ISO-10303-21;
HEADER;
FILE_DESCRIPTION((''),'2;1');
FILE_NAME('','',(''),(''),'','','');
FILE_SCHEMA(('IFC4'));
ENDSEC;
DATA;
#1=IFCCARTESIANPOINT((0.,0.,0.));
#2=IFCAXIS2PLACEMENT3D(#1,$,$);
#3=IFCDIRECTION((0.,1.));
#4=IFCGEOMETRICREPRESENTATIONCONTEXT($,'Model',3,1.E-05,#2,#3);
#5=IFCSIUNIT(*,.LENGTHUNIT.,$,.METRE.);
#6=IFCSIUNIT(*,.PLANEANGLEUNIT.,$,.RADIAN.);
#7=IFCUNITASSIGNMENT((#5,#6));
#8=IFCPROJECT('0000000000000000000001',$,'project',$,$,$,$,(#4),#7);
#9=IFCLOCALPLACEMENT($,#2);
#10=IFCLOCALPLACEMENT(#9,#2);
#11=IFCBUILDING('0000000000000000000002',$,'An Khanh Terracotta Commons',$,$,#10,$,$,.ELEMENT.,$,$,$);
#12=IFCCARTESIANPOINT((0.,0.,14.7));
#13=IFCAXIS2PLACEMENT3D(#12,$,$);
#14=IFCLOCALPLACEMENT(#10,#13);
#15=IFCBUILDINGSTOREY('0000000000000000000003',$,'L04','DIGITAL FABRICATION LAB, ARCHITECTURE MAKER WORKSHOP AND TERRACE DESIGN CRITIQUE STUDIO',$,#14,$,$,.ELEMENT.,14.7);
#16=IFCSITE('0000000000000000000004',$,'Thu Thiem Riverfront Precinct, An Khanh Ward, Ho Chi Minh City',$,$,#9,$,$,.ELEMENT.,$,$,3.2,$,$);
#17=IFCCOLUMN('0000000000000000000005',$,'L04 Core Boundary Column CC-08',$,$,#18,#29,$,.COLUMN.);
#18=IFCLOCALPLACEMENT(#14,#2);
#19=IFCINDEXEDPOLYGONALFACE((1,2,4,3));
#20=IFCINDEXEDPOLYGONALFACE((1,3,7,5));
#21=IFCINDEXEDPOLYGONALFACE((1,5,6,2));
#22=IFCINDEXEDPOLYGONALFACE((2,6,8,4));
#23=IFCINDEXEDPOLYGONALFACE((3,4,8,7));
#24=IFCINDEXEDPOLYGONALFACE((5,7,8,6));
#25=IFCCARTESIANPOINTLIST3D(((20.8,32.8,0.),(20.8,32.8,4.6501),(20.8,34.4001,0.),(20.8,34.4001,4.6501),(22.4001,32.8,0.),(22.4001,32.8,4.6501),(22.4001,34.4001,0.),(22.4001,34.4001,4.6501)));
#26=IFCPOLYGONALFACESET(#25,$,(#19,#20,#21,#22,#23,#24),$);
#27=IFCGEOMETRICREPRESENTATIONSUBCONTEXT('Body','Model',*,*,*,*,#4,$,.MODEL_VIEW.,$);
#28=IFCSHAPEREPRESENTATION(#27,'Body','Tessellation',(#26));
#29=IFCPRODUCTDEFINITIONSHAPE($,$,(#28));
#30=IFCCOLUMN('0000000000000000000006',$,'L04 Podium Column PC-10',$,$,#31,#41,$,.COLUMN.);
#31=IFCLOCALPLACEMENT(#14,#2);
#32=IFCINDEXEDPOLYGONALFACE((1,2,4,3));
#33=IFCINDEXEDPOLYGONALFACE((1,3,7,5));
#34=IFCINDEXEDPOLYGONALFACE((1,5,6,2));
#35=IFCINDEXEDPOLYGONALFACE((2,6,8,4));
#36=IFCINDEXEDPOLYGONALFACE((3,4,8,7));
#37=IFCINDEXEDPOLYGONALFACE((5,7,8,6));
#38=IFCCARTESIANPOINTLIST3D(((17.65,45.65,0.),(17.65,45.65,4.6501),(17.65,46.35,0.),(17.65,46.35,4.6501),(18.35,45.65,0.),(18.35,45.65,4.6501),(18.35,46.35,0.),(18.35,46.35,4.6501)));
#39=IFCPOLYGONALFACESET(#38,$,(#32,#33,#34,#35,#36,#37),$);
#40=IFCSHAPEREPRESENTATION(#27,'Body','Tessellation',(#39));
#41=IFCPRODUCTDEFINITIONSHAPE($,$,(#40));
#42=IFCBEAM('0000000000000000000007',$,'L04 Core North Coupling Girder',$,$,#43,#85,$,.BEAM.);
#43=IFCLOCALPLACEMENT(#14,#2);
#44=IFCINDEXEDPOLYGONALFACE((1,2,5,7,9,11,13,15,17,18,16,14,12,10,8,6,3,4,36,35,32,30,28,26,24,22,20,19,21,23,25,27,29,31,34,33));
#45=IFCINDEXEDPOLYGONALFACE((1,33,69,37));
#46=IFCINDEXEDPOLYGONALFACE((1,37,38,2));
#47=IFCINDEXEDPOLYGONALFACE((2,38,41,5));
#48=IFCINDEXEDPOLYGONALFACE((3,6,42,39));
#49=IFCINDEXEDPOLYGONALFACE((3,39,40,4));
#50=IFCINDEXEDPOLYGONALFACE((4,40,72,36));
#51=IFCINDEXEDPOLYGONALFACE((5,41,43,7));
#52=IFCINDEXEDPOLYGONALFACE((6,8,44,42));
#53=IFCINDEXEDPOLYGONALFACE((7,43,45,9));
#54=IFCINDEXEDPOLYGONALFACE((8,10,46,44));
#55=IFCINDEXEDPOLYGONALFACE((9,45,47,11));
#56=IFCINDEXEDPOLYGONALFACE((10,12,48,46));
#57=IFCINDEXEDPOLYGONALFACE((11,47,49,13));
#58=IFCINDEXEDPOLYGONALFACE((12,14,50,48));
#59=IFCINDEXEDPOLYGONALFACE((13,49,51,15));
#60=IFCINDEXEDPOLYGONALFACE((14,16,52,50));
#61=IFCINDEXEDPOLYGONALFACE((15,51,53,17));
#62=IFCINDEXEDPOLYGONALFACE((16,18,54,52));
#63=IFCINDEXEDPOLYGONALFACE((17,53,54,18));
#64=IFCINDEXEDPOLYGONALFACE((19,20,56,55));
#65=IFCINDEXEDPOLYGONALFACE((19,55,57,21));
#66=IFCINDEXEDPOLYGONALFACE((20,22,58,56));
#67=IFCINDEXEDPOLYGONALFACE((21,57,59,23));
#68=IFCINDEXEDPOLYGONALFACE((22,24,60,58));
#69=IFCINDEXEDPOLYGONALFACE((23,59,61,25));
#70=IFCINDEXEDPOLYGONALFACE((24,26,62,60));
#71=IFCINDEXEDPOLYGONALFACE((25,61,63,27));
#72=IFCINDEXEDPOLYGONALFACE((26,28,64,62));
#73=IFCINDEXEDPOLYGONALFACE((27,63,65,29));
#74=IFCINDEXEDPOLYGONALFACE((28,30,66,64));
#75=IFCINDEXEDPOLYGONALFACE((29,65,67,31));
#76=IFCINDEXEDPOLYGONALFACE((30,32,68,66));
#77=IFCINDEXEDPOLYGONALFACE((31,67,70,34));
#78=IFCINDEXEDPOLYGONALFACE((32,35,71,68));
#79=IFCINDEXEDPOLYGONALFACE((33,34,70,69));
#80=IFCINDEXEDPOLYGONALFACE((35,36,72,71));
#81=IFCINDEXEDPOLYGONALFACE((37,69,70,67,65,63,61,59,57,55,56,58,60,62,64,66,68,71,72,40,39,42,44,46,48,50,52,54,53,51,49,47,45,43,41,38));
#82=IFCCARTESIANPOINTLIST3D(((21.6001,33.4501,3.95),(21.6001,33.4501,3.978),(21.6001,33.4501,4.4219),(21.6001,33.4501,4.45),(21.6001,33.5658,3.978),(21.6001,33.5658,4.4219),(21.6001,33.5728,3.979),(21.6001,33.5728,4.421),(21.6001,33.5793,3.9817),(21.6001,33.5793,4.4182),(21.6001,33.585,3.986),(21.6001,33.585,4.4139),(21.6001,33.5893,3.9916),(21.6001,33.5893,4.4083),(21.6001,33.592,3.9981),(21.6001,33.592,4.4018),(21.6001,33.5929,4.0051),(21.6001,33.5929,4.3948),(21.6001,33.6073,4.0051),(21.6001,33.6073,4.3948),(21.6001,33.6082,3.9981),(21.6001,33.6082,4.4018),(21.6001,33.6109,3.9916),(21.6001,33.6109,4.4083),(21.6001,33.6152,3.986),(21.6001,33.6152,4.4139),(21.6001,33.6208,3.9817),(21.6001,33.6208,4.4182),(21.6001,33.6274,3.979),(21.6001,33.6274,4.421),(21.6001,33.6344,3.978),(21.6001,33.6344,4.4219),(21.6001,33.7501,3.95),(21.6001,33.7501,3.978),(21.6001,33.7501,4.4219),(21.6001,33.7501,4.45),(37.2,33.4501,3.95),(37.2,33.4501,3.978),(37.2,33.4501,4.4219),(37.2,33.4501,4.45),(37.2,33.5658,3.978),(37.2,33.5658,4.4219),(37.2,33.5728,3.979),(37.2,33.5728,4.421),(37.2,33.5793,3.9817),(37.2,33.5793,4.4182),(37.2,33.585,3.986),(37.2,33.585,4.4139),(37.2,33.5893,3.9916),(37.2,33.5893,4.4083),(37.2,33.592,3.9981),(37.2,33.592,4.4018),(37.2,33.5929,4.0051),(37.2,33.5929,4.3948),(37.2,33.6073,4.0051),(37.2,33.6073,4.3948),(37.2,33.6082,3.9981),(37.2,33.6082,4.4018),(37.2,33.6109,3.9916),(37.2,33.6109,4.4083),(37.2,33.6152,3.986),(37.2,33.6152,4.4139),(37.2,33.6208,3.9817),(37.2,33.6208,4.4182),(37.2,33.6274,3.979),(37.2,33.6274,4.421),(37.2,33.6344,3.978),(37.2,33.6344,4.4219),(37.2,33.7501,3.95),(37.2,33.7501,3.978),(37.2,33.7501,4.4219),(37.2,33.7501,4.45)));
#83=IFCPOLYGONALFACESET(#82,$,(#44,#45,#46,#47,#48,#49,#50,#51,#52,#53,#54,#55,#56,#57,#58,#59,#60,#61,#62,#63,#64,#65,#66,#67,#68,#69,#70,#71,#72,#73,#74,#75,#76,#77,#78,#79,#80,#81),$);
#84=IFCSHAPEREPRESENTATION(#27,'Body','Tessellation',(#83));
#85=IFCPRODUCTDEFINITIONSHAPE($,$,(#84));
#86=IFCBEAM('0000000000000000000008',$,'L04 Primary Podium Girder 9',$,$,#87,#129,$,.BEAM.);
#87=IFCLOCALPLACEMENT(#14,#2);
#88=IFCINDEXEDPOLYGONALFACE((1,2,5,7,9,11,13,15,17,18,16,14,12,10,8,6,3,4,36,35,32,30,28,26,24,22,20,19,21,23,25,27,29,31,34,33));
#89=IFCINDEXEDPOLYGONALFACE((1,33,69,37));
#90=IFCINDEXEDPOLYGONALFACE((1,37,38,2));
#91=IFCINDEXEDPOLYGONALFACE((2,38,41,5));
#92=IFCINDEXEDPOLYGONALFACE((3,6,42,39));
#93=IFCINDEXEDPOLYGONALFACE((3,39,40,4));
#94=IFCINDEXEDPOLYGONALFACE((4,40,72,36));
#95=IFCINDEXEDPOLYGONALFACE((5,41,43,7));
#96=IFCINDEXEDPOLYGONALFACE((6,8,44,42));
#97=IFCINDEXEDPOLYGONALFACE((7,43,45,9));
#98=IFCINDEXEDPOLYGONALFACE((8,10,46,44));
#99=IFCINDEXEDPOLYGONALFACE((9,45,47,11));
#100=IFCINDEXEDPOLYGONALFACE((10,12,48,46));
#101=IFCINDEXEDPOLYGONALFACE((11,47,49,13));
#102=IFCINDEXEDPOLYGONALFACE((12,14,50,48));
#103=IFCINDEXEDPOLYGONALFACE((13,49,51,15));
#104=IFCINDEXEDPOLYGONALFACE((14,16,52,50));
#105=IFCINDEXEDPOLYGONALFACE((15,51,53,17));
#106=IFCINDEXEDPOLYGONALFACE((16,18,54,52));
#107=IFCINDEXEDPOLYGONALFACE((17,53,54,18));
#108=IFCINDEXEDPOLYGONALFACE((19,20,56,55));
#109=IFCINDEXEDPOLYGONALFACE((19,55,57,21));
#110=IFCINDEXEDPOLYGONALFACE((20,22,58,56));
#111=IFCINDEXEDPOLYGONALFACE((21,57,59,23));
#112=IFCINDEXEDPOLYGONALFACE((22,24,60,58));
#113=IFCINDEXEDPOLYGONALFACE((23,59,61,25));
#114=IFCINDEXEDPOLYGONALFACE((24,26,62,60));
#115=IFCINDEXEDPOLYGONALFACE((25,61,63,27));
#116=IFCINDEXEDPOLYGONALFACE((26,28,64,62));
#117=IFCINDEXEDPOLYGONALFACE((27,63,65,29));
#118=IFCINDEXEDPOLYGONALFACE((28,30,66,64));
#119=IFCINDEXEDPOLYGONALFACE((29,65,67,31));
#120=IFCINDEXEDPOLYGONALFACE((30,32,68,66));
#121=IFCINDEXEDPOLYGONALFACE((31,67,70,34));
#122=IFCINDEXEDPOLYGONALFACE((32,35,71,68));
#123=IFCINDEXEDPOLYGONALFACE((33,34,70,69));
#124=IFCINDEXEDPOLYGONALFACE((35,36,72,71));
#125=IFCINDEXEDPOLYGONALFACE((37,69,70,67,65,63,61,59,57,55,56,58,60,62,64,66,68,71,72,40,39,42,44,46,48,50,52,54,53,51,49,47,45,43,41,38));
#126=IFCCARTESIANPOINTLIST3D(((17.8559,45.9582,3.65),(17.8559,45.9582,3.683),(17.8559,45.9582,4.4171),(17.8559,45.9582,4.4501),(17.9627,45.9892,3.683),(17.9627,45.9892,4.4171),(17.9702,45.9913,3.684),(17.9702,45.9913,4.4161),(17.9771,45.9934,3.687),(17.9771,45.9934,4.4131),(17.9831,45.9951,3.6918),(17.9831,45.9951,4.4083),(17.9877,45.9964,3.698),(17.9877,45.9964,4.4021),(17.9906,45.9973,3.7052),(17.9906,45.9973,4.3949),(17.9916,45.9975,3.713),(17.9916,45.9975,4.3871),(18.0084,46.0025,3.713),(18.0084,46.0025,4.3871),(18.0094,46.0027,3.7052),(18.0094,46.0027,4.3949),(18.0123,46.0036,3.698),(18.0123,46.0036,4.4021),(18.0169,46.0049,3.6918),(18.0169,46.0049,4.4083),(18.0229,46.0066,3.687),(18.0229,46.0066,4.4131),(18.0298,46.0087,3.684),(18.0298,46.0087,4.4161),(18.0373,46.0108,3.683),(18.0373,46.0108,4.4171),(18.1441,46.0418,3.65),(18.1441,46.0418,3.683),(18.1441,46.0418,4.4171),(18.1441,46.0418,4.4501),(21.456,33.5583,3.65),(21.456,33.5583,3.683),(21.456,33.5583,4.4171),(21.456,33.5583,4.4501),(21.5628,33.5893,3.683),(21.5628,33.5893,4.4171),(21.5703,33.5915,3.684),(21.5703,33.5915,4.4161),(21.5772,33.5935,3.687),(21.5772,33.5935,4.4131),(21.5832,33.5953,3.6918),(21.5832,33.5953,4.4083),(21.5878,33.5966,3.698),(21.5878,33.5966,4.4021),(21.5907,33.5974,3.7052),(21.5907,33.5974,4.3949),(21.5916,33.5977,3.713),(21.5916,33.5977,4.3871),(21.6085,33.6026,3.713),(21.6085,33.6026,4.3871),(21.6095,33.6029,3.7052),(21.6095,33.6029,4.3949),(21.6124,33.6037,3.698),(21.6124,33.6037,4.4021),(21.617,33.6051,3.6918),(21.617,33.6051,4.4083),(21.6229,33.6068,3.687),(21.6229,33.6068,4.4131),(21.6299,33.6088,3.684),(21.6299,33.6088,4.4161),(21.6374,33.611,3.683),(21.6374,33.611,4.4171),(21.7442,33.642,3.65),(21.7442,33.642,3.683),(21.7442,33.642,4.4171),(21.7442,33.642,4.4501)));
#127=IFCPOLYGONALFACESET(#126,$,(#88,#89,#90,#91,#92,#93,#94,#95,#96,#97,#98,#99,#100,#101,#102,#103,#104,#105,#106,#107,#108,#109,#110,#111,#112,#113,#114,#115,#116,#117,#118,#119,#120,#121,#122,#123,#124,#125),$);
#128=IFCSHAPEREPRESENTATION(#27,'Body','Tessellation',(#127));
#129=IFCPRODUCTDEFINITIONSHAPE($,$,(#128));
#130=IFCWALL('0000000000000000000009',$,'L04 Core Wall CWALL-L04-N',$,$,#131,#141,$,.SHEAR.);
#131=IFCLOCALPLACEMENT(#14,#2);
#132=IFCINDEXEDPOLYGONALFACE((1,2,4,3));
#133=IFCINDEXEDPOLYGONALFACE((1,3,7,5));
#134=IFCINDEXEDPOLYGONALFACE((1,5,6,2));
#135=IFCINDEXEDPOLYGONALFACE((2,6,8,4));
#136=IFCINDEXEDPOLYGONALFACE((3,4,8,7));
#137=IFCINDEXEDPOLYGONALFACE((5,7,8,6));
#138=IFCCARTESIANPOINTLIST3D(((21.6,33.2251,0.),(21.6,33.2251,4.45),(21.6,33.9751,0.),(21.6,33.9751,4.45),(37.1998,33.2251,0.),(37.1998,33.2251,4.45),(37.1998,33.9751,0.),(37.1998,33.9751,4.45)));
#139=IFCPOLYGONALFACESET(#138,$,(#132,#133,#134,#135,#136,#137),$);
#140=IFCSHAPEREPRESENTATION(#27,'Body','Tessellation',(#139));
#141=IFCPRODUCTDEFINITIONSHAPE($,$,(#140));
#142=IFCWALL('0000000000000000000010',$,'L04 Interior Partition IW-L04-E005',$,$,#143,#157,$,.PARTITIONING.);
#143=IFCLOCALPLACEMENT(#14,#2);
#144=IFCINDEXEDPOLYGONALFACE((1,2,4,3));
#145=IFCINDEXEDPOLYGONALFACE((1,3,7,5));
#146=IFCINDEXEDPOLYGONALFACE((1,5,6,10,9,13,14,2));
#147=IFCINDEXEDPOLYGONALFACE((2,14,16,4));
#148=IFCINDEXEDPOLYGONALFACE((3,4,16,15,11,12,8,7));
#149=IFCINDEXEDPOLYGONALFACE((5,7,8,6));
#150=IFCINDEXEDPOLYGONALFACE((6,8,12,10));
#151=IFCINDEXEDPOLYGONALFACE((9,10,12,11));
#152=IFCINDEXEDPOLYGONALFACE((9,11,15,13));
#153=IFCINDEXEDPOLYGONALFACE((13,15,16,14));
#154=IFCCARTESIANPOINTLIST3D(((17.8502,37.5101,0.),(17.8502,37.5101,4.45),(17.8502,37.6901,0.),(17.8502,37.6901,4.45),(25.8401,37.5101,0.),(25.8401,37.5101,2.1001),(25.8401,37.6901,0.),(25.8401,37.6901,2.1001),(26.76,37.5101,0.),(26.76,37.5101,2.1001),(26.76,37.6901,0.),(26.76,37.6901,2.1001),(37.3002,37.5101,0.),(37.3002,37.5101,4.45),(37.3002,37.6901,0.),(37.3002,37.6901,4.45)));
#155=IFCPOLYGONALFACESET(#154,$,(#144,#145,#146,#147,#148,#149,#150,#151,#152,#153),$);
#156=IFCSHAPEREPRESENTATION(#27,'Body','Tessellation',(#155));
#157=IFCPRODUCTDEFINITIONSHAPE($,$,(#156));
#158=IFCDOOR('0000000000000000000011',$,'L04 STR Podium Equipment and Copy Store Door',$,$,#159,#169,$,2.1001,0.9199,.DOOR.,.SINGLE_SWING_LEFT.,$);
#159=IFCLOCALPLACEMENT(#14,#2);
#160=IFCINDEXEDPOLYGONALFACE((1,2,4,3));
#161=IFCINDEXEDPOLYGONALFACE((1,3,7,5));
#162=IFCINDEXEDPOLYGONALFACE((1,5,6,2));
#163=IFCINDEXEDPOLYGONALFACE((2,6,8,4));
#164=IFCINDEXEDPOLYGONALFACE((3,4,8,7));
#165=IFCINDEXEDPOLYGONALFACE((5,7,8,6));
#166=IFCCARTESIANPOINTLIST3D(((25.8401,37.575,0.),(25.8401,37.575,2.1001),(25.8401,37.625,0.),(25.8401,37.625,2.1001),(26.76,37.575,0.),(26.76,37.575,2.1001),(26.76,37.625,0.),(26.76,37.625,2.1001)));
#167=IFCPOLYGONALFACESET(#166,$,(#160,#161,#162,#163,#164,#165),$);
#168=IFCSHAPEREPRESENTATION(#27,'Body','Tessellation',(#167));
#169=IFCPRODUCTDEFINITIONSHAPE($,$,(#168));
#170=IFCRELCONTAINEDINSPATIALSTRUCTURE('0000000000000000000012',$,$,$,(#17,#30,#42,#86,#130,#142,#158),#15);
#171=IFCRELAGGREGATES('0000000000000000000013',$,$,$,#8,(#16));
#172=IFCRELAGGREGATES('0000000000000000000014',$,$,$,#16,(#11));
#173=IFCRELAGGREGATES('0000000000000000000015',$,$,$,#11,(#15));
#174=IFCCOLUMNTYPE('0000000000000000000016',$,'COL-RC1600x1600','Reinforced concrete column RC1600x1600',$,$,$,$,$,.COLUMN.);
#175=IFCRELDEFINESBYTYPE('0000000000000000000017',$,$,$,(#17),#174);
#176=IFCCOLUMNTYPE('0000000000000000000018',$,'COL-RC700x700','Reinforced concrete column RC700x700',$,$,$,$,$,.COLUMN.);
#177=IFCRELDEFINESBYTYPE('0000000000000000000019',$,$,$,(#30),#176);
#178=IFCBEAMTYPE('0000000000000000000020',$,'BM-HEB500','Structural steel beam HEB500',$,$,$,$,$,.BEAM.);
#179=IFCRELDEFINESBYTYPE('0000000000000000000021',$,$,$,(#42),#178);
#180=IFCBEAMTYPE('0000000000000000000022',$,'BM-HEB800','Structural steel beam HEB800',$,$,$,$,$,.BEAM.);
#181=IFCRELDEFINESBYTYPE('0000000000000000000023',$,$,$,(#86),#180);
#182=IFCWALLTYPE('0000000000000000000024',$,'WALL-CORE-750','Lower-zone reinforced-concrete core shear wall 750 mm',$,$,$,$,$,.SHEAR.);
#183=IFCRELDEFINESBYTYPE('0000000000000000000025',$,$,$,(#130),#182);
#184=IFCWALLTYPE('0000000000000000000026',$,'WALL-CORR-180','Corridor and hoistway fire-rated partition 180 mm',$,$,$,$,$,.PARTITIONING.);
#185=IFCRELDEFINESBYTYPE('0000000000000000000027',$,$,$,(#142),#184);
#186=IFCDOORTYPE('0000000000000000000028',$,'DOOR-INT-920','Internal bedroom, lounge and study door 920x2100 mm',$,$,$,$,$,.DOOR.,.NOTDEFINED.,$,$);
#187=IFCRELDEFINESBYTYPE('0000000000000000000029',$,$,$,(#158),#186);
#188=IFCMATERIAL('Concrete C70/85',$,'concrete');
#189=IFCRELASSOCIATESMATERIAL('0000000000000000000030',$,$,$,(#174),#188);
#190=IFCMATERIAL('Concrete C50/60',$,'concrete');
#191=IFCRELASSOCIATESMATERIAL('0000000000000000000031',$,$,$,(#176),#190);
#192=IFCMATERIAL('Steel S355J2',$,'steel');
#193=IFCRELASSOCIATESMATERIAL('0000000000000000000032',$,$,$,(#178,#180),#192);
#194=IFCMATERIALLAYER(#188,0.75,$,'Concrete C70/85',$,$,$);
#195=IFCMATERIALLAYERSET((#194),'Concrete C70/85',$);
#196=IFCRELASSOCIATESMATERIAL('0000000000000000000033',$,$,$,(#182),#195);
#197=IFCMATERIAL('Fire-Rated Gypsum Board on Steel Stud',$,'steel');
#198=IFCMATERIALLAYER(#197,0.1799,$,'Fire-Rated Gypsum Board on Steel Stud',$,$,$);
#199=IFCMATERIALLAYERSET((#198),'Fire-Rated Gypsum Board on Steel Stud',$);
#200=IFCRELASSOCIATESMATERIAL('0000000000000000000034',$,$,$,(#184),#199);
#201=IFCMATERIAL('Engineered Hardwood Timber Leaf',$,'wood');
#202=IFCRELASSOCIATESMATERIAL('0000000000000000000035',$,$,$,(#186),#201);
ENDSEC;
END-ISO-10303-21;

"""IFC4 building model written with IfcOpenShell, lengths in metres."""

from ifc_helpers import new_model, si_unit, direction, frame, frame_2d, origin, origin_2d, place, context, subcontext, project, spatial, rectangle, i_section, extrude, material, layer, layer_set, material_profile, profile_set, type_object, element, fill, save


model = new_model("IFC4")

# Units and contexts
model_context = context("Model", 3, precision=1e-05, world=origin(), true_north=direction((0.0, 1.0)))
body_context = subcontext(model_context, "Body", "Model", "MODEL_VIEW")
ifc_project = project(units=[si_unit("LENGTHUNIT", "METRE"), si_unit("PLANEANGLEUNIT", "RADIAN")], contexts=[model_context])

# Site, building, storey
site_placement = place(None, origin())
site = spatial("IfcSite", under=ifc_project, at=site_placement, Name="Thu Thiem Riverfront Precinct, An Khanh Ward, Ho Chi Minh City", CompositionType="ELEMENT", RefElevation=3.2)
building_placement = place(site_placement, origin())
building = spatial("IfcBuilding", under=site, at=building_placement, Name="An Khanh Terracotta Commons", CompositionType="ELEMENT")
storey_placement = place(building_placement, frame((0.0, 0.0, 14.7)))
storey = spatial("IfcBuildingStorey", under=building, at=storey_placement, Name="L04", Description="DIGITAL FABRICATION LAB, ARCHITECTURE MAKER WORKSHOP AND TERRACE DESIGN CRITIQUE STUDIO", CompositionType="ELEMENT", Elevation=14.7)

# Columns
ifc_material_1 = material(Name="Concrete C70/85", Category="concrete")
ifc_material_profile_1 = material_profile(ifc_material_1, rectangle(XDim=1.6001, YDim=1.6001, at=origin_2d()), Name="RC1600x1600")
ifc_profile_set_1 = profile_set([ifc_material_profile_1], Name="Concrete C70/85")
column_type_1 = type_object("IfcColumnType", Name="COL-RC1600x1600", Description="Reinforced concrete column RC1600x1600", PredefinedType="COLUMN", material=ifc_profile_set_1)
column_1_placement = place(storey_placement, frame((21.6001, 33.6001, 0.0), z_axis=(0.0, 0.0, 1.0), x_axis=(1.0, 0.0, 0.0)))
element("IfcColumn", 1, at=column_1_placement, inside=storey, type_object=column_type_1, Name="L04 Core Boundary Column CC-08", PredefinedType="COLUMN", context=body_context, shape_type="SweptSolid", body=[
    extrude(rectangle(XDim=1.6001, YDim=1.6001, at=origin_2d()), origin(), (0.0, 0.0, 1.0), 4.6501),
])
ifc_material_2 = material(Name="Concrete C50/60", Category="concrete")
ifc_material_profile_2 = material_profile(ifc_material_2, rectangle(XDim=0.7, YDim=0.7, at=origin_2d()), Name="RC700x700")
ifc_profile_set_2 = profile_set([ifc_material_profile_2], Name="Concrete C50/60")
column_type_2 = type_object("IfcColumnType", Name="COL-RC700x700", Description="Reinforced concrete column RC700x700", PredefinedType="COLUMN", material=ifc_profile_set_2)
column_2_placement = place(storey_placement, frame((18.0, 46.0, 0.0), z_axis=(0.0, 0.0, 1.0), x_axis=(1.0, 0.0, 0.0)))
element("IfcColumn", 2, at=column_2_placement, inside=storey, type_object=column_type_2, Name="L04 Podium Column PC-10", PredefinedType="COLUMN", context=body_context, shape_type="SweptSolid", body=[
    extrude(rectangle(XDim=0.7, YDim=0.7, at=origin_2d()), origin(), (0.0, 0.0, 1.0), 4.6501),
])

# Beams
ifc_material_3 = material(Name="Steel S355J2", Category="steel")
ifc_material_profile_3 = material_profile(ifc_material_3, i_section(OverallWidth=0.3, OverallDepth=0.5, WebThickness=0.0144, FlangeThickness=0.0281, FilletRadius=0.0271, at=origin_2d()), Name="HEB500")
ifc_profile_set_3 = profile_set([ifc_material_profile_3], Name="Steel S355J2")
beam_type_1 = type_object("IfcBeamType", Name="BM-HEB500", Description="Structural steel beam HEB500", PredefinedType="BEAM", material=ifc_profile_set_3)
beam_1_placement = place(storey_placement, frame((21.6001, 33.6001, 4.2), z_axis=(1.0, 0.0, 0.0), x_axis=(0.0, 1.0, 0.0)))
element("IfcBeam", 3, at=beam_1_placement, inside=storey, type_object=beam_type_1, Name="L04 Core North Coupling Girder", PredefinedType="BEAM", context=body_context, shape_type="SweptSolid", body=[
    extrude(i_section(OverallWidth=0.3, OverallDepth=0.5, WebThickness=0.0144, FlangeThickness=0.0281, FilletRadius=0.0271, at=origin_2d()), origin(), (0.0, 0.0, 1.0), 15.5999),
])
ifc_material_profile_4 = material_profile(ifc_material_3, i_section(OverallWidth=0.3, OverallDepth=0.8, WebThickness=0.0176, FlangeThickness=0.033, FilletRadius=0.03, at=origin_2d()), Name="HEB800")
ifc_profile_set_4 = profile_set([ifc_material_profile_4], Name="Steel S355J2")
beam_type_2 = type_object("IfcBeamType", Name="BM-HEB800", Description="Structural steel beam HEB800", PredefinedType="BEAM", material=ifc_profile_set_4)
beam_2_placement = place(storey_placement, frame((18.0, 46.0, 4.05), z_axis=(0.278819, -0.960344, 0.0), x_axis=(0.960344, 0.278819, 0.0)))
element("IfcBeam", 4, at=beam_2_placement, inside=storey, type_object=beam_type_2, Name="L04 Primary Podium Girder 9", PredefinedType="BEAM", context=body_context, shape_type="SweptSolid", body=[
    extrude(i_section(OverallWidth=0.3, OverallDepth=0.8, WebThickness=0.0176, FlangeThickness=0.033, FilletRadius=0.03, at=origin_2d()), origin(), (0.0, 0.0, 1.0), 12.9119),
])

# Wall
ifc_layer_1 = layer(ifc_material_1, 0.75, Name="Concrete C70/85")
ifc_layer_set_1 = layer_set([ifc_layer_1], Name="Concrete C70/85")
wall_type_1 = type_object("IfcWallType", Name="WALL-CORE-750", Description="Lower-zone reinforced-concrete core shear wall 750 mm", PredefinedType="SHEAR", material=ifc_layer_set_1)
wall_1_placement = place(storey_placement, frame((21.6001, 33.6001, 0.0), z_axis=(0.0, 0.0, 1.0), x_axis=(1.0, 0.0, 0.0)))
element("IfcWall", 5, at=wall_1_placement, inside=storey, type_object=wall_type_1, Name="L04 Core Wall CWALL-L04-N", PredefinedType="SHEAR", context=body_context, shape_type="SweptSolid", body=[
    extrude(rectangle(XDim=15.5999, YDim=0.75, at=frame_2d((7.7998, 0.0))), origin(), (0.0, 0.0, 1.0), 4.45),
])

# Wall, opening, door
ifc_material_4 = material(Name="Fire-Rated Gypsum Board on Steel Stud", Category="steel")
ifc_layer_2 = layer(ifc_material_4, 0.1799, Name="Fire-Rated Gypsum Board on Steel Stud")
ifc_layer_set_2 = layer_set([ifc_layer_2], Name="Fire-Rated Gypsum Board on Steel Stud")
wall_type_2 = type_object("IfcWallType", Name="WALL-CORR-180", Description="Corridor and hoistway fire-rated partition 180 mm", PredefinedType="PARTITIONING", material=ifc_layer_set_2)
wall_2_placement = place(storey_placement, frame((17.8501, 37.6001, 0.0), z_axis=(0.0, 0.0, 1.0), x_axis=(1.0, 0.0, 0.0)))
wall_2 = element("IfcWall", 6, at=wall_2_placement, inside=storey, type_object=wall_type_2, Name="L04 Interior Partition IW-L04-E005", PredefinedType="PARTITIONING", context=body_context, shape_type="SweptSolid", body=[
    extrude(rectangle(XDim=19.45, YDim=0.1799, at=frame_2d((9.7251, 0.0))), origin(), (0.0, 0.0, 1.0), 4.45),
])
opening_1_placement = place(wall_2_placement, frame((7.99, 0.0, 0.0)))
opening_1 = element("IfcOpeningElement", 7, at=opening_1_placement, cuts=wall_2, PredefinedType="OPENING", context=body_context, shape_type="SweptSolid", body=[
    extrude(rectangle(XDim=0.9199, YDim=2.1001, at=frame_2d((0.46, 1.05))), frame((0.0, 0.0999, 0.0), z_axis=(0.0, -1.0, 0.0), x_axis=(1.0, 0.0, 0.0)), (0.0, 0.0, 1.0), 0.2),
])
ifc_material_5 = material(Name="Engineered Hardwood Timber Leaf", Category="wood")
door_type_1 = type_object("IfcDoorType", Name="DOOR-INT-920", Description="Internal bedroom, lounge and study door 920x2100 mm", OperationType="NOTDEFINED", PredefinedType="DOOR", material=ifc_material_5)
door_1_placement = place(opening_1_placement, origin())
door_1 = element("IfcDoor", 8, at=door_1_placement, inside=storey, type_object=door_type_1, Name="L04 STR Podium Equipment and Copy Store Door", OperationType="SINGLE_SWING_LEFT", OverallHeight=2.1001, OverallWidth=0.9199, PredefinedType="DOOR", context=body_context, shape_type="SweptSolid", body=[
    extrude(rectangle(XDim=0.9199, YDim=2.1001, at=frame_2d((0.46, 1.05))), frame((0.0, 0.0249, 0.0), z_axis=(0.0, -1.0, 0.0), x_axis=(1.0, 0.0, 0.0)), (0.0, 0.0, 1.0), 0.05),
])
fill(opening_1, door_1)

save(model, "model.ifc")
